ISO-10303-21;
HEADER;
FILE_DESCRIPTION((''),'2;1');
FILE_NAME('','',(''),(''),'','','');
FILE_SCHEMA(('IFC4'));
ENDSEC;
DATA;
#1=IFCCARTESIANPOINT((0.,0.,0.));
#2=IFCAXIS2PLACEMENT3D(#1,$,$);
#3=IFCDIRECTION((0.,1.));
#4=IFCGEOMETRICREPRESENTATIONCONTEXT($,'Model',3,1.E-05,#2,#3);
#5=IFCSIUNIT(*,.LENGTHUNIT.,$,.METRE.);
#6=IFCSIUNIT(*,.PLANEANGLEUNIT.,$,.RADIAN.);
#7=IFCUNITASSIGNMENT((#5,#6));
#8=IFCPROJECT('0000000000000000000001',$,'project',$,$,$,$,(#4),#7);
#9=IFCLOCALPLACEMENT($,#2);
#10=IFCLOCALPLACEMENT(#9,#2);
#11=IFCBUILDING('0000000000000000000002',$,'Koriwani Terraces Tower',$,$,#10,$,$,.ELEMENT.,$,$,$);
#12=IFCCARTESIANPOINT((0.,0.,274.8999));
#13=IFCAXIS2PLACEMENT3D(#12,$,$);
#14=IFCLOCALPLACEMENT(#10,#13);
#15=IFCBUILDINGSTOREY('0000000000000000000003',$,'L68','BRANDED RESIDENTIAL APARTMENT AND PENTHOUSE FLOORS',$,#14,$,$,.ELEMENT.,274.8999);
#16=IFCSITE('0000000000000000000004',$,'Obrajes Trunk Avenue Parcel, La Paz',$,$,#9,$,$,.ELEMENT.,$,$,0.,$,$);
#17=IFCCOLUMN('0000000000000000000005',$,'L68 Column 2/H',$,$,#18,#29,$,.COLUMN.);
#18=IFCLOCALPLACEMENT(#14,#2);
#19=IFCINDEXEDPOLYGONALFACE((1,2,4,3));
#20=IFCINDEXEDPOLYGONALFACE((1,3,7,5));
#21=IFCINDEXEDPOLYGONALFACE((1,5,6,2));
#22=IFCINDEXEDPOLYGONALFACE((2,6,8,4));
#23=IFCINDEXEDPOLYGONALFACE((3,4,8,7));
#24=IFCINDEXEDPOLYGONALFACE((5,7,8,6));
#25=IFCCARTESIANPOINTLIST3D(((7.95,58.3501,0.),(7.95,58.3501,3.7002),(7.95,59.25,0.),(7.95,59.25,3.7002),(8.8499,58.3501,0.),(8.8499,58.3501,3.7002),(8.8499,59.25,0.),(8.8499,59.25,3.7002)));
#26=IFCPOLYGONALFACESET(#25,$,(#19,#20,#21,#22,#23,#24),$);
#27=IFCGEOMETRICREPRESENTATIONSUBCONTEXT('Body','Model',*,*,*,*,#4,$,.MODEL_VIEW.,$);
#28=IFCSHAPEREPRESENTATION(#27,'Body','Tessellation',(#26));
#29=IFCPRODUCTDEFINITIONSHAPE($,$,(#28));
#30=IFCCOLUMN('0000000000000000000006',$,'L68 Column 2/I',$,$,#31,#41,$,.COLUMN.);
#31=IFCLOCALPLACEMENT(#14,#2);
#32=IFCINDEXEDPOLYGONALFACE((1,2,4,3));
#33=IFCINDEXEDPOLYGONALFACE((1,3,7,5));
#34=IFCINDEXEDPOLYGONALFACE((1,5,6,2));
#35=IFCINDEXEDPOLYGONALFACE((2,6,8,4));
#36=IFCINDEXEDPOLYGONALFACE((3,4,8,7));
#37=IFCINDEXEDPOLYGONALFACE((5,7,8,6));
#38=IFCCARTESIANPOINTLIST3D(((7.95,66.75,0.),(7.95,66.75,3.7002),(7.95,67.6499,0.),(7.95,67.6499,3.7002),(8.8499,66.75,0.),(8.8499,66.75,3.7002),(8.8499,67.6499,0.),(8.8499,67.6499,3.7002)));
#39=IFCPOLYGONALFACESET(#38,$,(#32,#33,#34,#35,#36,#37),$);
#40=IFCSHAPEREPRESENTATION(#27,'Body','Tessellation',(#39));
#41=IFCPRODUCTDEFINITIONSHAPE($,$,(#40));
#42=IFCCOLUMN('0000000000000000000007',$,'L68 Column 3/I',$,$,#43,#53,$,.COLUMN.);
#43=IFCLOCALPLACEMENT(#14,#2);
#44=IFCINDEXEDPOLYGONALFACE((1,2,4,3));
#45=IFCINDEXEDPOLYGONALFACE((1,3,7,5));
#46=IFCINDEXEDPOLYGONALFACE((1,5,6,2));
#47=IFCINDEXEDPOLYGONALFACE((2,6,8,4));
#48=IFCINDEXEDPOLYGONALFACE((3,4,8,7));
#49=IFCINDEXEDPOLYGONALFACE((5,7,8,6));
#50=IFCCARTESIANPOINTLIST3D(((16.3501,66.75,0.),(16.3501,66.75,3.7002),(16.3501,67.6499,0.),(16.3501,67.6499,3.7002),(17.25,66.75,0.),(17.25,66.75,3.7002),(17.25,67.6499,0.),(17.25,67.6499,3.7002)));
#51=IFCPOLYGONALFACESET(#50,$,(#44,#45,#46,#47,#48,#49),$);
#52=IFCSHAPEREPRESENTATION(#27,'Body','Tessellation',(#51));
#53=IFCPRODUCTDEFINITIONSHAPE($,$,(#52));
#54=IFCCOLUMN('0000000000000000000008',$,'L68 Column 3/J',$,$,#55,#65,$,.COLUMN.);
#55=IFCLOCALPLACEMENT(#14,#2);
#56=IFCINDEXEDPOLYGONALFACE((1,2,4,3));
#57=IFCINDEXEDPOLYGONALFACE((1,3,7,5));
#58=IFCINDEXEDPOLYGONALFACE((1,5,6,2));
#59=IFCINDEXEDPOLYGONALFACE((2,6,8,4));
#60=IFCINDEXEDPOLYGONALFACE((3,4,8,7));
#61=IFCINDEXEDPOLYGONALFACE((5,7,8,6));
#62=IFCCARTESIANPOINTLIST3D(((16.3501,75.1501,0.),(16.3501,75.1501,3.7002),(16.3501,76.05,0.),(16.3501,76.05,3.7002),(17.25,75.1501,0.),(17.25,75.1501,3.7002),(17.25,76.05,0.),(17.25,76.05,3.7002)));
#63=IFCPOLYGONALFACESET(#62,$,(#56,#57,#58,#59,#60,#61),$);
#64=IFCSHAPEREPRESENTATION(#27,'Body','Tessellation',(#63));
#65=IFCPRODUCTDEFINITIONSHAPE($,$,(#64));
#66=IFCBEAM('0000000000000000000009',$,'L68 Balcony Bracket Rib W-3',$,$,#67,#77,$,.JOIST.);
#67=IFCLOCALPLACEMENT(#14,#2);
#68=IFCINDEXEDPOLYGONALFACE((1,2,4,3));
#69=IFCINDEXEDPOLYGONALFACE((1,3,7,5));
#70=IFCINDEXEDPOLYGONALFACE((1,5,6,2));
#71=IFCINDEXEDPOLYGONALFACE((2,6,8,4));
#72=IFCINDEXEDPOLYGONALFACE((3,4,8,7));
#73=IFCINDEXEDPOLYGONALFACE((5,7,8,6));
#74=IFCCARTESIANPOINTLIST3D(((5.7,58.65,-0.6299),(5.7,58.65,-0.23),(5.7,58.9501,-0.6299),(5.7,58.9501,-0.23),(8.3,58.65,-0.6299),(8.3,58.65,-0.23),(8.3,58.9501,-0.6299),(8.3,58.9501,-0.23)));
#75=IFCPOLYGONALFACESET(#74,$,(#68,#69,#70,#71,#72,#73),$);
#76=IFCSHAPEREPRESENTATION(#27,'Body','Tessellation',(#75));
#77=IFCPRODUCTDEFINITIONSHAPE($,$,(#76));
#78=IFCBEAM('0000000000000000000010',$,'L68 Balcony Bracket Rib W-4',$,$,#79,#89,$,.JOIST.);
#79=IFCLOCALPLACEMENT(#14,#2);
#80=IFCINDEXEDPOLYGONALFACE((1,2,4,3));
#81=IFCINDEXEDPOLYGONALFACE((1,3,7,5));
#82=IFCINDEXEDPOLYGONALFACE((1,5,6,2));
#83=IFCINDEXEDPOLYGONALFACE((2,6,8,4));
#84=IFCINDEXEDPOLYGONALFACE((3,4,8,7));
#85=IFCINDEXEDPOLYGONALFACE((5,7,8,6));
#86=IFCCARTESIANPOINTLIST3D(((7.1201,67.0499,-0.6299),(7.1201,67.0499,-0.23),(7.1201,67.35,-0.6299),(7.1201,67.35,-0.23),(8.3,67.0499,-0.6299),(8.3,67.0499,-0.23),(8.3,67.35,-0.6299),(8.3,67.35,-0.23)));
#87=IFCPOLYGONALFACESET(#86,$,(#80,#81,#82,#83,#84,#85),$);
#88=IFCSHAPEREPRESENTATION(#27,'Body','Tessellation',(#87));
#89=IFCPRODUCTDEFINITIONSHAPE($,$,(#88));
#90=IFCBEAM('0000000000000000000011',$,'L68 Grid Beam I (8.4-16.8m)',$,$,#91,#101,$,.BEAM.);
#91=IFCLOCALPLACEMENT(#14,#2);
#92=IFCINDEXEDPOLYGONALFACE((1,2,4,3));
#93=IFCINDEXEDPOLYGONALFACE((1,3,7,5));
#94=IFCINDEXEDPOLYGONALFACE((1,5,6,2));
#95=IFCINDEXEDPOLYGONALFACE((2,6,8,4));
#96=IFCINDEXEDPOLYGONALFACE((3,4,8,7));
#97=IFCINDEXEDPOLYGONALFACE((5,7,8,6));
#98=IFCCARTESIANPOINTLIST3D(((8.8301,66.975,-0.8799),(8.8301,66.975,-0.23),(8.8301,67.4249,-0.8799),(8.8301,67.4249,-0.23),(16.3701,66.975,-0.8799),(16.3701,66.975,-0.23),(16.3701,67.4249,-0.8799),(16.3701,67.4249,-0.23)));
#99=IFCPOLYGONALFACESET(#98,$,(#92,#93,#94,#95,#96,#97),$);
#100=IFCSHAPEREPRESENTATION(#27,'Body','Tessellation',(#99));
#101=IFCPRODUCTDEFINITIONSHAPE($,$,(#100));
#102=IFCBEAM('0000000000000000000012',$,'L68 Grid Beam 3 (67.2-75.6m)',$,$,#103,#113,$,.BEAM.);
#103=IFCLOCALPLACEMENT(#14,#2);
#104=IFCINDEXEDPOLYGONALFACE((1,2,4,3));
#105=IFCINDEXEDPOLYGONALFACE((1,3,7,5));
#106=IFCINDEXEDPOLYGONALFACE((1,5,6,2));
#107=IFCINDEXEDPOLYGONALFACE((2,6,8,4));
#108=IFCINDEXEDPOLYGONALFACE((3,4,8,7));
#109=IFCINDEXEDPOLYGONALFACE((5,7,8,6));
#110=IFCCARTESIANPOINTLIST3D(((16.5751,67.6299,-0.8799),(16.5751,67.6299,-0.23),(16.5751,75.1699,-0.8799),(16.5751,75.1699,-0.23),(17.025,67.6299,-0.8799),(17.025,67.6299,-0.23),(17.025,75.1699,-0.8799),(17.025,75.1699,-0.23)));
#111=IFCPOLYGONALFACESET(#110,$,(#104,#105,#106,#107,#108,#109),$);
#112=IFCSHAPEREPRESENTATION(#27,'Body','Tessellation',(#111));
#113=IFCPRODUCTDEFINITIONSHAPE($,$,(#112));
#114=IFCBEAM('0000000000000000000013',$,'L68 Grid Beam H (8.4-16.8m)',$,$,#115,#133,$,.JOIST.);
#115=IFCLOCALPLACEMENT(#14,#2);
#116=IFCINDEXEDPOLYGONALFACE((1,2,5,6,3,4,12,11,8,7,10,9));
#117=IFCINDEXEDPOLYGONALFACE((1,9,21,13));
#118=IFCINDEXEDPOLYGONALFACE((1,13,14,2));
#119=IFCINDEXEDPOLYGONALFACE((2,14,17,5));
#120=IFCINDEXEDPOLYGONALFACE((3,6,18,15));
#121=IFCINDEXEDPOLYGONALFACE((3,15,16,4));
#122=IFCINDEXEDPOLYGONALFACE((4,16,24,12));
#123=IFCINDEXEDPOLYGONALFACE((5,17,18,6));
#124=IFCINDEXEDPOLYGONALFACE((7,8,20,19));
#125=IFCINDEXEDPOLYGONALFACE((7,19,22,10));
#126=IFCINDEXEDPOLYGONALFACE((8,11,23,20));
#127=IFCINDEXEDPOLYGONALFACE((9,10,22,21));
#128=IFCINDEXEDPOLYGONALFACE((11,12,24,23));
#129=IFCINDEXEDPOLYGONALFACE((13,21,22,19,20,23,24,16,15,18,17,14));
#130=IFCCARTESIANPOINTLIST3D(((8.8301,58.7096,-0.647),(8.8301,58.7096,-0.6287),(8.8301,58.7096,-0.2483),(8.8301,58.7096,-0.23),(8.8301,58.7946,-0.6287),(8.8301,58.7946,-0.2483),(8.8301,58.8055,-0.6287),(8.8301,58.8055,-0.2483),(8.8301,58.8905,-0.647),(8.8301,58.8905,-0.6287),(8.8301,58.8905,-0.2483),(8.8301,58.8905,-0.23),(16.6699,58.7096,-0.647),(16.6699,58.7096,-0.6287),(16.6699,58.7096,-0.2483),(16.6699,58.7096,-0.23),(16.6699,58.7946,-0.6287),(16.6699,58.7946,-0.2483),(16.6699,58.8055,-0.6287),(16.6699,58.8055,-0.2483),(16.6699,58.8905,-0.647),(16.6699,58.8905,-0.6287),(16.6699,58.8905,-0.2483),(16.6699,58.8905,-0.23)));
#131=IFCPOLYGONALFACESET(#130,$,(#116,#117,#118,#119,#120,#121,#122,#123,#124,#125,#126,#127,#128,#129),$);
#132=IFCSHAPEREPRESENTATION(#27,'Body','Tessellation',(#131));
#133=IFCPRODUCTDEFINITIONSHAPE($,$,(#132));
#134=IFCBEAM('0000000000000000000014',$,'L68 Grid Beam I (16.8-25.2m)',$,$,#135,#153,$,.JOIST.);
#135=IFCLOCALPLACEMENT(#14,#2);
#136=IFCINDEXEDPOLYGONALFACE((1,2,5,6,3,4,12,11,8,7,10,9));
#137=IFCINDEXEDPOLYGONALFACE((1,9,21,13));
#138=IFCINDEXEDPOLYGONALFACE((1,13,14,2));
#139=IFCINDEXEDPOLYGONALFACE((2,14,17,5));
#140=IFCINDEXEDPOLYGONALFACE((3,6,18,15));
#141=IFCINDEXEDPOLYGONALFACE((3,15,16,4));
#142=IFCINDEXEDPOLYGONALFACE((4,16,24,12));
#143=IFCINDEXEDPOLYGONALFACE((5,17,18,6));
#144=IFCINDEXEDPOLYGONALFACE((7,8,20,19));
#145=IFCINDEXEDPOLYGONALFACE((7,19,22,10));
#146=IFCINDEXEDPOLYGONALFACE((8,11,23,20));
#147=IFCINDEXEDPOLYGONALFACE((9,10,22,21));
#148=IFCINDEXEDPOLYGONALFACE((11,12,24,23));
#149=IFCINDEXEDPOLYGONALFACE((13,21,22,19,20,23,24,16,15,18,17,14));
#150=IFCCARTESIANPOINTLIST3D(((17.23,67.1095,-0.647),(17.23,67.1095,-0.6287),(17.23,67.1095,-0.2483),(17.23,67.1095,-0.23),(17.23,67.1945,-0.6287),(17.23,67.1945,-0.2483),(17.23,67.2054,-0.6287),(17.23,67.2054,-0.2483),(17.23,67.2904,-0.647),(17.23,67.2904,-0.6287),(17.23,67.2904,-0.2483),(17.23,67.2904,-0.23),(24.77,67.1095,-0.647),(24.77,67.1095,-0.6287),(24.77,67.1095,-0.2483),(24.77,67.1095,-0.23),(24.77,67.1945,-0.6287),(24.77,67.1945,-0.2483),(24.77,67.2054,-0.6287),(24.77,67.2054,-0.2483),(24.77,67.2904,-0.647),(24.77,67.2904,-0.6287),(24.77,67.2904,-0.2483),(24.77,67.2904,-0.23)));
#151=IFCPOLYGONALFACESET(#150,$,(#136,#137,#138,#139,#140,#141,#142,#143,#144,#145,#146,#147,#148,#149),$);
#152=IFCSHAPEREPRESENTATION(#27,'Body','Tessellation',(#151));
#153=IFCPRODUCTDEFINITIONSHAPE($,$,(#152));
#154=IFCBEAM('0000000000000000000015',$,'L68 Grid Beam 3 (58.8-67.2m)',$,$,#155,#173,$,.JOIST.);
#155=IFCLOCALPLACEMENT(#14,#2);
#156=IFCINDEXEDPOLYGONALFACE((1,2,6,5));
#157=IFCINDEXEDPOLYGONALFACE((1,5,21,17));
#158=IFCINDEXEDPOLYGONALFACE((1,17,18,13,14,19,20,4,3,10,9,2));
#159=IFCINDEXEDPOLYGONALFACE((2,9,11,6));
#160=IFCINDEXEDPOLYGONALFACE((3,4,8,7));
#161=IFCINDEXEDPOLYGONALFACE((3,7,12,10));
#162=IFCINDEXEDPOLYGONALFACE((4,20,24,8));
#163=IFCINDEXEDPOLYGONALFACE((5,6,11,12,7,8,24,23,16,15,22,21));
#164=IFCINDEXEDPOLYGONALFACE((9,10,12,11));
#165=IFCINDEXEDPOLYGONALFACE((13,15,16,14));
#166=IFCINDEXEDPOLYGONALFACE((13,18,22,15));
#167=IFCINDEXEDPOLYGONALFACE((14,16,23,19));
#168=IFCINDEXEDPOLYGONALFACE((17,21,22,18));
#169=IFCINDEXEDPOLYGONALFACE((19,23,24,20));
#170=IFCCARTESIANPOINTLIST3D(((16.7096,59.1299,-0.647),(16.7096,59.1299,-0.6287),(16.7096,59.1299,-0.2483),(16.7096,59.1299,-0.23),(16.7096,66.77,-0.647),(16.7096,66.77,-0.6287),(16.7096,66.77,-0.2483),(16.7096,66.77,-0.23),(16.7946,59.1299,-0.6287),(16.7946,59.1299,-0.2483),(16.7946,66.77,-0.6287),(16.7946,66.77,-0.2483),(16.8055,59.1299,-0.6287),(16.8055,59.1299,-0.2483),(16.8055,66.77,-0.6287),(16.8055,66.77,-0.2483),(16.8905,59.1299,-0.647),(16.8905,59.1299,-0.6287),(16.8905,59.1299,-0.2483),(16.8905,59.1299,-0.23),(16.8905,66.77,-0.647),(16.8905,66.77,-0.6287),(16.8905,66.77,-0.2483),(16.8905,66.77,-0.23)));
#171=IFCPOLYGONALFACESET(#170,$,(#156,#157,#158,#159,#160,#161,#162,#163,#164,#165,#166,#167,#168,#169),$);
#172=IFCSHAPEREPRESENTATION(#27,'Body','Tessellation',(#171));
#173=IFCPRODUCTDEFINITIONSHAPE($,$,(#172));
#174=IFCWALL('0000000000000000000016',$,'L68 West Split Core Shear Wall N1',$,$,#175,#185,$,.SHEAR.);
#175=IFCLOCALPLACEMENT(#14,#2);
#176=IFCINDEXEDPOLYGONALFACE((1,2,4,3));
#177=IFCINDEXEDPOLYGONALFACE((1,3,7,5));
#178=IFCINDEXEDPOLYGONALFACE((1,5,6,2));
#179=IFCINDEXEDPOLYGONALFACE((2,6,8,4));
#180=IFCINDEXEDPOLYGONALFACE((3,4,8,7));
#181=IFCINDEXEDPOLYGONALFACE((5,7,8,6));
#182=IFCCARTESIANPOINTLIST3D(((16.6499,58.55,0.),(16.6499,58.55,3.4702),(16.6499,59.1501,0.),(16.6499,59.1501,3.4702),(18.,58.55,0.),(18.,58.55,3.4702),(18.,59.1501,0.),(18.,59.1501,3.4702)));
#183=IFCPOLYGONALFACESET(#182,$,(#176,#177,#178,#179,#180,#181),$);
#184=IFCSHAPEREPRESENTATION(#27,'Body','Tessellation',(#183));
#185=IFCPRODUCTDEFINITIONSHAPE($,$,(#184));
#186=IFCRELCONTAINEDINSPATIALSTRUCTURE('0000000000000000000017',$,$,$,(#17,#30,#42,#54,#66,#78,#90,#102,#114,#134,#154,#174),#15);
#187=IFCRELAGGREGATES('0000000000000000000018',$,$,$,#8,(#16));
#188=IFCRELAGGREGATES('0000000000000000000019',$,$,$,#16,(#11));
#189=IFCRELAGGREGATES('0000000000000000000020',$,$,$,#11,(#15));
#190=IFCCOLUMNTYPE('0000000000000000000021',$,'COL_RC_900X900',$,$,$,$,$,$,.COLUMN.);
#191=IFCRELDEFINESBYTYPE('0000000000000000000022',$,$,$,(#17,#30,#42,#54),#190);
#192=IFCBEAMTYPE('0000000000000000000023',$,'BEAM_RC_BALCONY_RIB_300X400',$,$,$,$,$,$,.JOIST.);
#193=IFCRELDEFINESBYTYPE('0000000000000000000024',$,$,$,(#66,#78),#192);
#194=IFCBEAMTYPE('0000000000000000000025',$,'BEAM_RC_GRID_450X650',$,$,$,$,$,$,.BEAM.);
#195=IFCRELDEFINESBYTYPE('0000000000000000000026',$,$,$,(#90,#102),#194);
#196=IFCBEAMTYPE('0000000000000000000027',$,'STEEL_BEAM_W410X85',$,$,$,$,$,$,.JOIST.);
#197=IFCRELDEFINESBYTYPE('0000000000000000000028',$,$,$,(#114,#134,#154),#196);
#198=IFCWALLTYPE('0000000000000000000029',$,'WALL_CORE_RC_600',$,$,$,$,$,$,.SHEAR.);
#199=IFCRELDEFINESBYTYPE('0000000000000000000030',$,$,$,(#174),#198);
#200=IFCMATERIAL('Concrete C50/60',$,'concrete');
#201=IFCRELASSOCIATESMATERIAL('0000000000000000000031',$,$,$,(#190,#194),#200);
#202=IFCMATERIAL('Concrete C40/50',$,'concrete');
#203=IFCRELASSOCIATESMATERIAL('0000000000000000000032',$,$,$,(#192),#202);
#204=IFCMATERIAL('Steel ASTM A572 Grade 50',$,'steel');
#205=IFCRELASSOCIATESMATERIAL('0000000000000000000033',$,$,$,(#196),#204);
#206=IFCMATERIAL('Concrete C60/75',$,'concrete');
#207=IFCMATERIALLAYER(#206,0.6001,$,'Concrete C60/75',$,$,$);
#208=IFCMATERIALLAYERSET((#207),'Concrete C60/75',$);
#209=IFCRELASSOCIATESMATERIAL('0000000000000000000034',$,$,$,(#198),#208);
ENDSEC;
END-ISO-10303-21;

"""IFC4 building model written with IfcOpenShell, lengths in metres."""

from ifc_helpers import new_model, si_unit, direction, frame, frame_2d, origin, origin_2d, place, context, subcontext, project, spatial, rectangle, i_section, extrude, material, layer, layer_set, material_profile, profile_set, type_object, element, save


model = new_model("IFC4")

# Units and contexts
model_context = context("Model", 3, precision=1e-05, world=origin(), true_north=direction((0.0, 1.0)))
body_context = subcontext(model_context, "Body", "Model", "MODEL_VIEW")
ifc_project = project(units=[si_unit("LENGTHUNIT", "METRE"), si_unit("PLANEANGLEUNIT", "RADIAN")], contexts=[model_context])

# Site, building, storey
site_placement = place(None, origin())
site = spatial("IfcSite", under=ifc_project, at=site_placement, Name="Obrajes Trunk Avenue Parcel, La Paz", CompositionType="ELEMENT", RefElevation=0.0)
building_placement = place(site_placement, origin())
building = spatial("IfcBuilding", under=site, at=building_placement, Name="Koriwani Terraces Tower", CompositionType="ELEMENT")
storey_placement = place(building_placement, frame((0.0, 0.0, 274.8999)))
storey = spatial("IfcBuildingStorey", under=building, at=storey_placement, Name="L68", Description="BRANDED RESIDENTIAL APARTMENT AND PENTHOUSE FLOORS", CompositionType="ELEMENT", Elevation=274.8999)

# Columns
ifc_material_1 = material(Name="Concrete C50/60", Category="concrete")
ifc_material_profile_1 = material_profile(ifc_material_1, rectangle(XDim=0.8999, YDim=0.8999, at=origin_2d()), Name="Concrete C50/60", Category="LoadBearing")
ifc_profile_set_1 = profile_set([ifc_material_profile_1], Name="Concrete C50/60")
column_type = type_object("IfcColumnType", Name="COL_RC_900X900", PredefinedType="COLUMN", material=ifc_profile_set_1)
for number, where, z_axis, x_axis, name in (
    (1, (8.3999, 58.8, 0.0), (0.0, 0.0, 1.0), (1.0, 0.0, 0.0), "L68 Column 2/H"),
    (2, (8.3999, 67.2, 0.0), (0.0, 0.0, 1.0), (1.0, 0.0, 0.0), "L68 Column 2/I"),
    (3, (16.8, 67.2, 0.0), (0.0, 0.0, 1.0), (1.0, 0.0, 0.0), "L68 Column 3/I"),
    (4, (16.8, 75.6001, 0.0), (0.0, 0.0, 1.0), (1.0, 0.0, 0.0), "L68 Column 3/J"),
):
    element("IfcColumn", number, at=place(storey_placement, frame(where, z_axis=z_axis, x_axis=x_axis)), inside=storey, type_object=column_type, Name=name, PredefinedType="COLUMN", context=body_context, shape_type="SweptSolid", body=[
        extrude(rectangle(XDim=0.8999, YDim=0.8999, at=origin_2d()), origin(), (0.0, 0.0, 1.0), 3.7002),
    ])

# Beams
ifc_material_2 = material(Name="Concrete C40/50", Category="concrete")
ifc_material_profile_2 = material_profile(ifc_material_2, rectangle(XDim=0.3, YDim=0.3999, at=origin_2d()), Name="Concrete C40/50", Category="LoadBearing")
ifc_profile_set_2 = profile_set([ifc_material_profile_2], Name="Concrete C40/50")
beam_type_1 = type_object("IfcBeamType", Name="BEAM_RC_BALCONY_RIB_300X400", PredefinedType="JOIST", material=ifc_profile_set_2)
beam_1_placement = place(storey_placement, frame((5.7, 58.8, -0.4299), z_axis=(1.0, 0.0, 0.0), x_axis=(0.0, 1.0, 0.0)))
element("IfcBeam", 5, at=beam_1_placement, inside=storey, type_object=beam_type_1, Name="L68 Balcony Bracket Rib W-3", PredefinedType="JOIST", context=body_context, shape_type="SweptSolid", body=[
    extrude(rectangle(XDim=0.3, YDim=0.3999, at=origin_2d()), origin(), (0.0, 0.0, 1.0), 2.6001),
])
beam_2_placement = place(storey_placement, frame((7.1201, 67.2, -0.4299), z_axis=(1.0, 0.0, 0.0), x_axis=(0.0, 1.0, 0.0)))
element("IfcBeam", 6, at=beam_2_placement, inside=storey, type_object=beam_type_1, Name="L68 Balcony Bracket Rib W-4", PredefinedType="JOIST", context=body_context, shape_type="SweptSolid", body=[
    extrude(rectangle(XDim=0.3, YDim=0.3999, at=origin_2d()), origin(), (0.0, 0.0, 1.0), 1.1799),
])
ifc_material_profile_3 = material_profile(ifc_material_1, rectangle(XDim=0.45, YDim=0.6499, at=origin_2d()), Name="Concrete C50/60", Category="LoadBearing")
ifc_profile_set_3 = profile_set([ifc_material_profile_3], Name="Concrete C50/60")
beam_type_2 = type_object("IfcBeamType", Name="BEAM_RC_GRID_450X650", PredefinedType="BEAM", material=ifc_profile_set_3)
for number, where, z_axis, x_axis, name in (
    (7, (8.8301, 67.2, -0.5549), (1.0, 0.0, 0.0), (0.0, 1.0, 0.0), "L68 Grid Beam I (8.4-16.8m)"),
    (8, (16.8, 67.6299, -0.5549), (0.0, 1.0, 0.0), (-1.0, 0.0, 0.0), "L68 Grid Beam 3 (67.2-75.6m)"),
):
    element("IfcBeam", number, at=place(storey_placement, frame(where, z_axis=z_axis, x_axis=x_axis)), inside=storey, type_object=beam_type_2, Name=name, PredefinedType="BEAM", context=body_context, shape_type="SweptSolid", body=[
        extrude(rectangle(XDim=0.45, YDim=0.6499, at=origin_2d()), origin(), (0.0, 0.0, 1.0), 7.54),
    ])
ifc_material_3 = material(Name="Steel ASTM A572 Grade 50", Category="steel")
ifc_material_profile_4 = material_profile(ifc_material_3, i_section(OverallWidth=0.1809, OverallDepth=0.417, WebThickness=0.011, FlangeThickness=0.0183, at=origin_2d()), Name="Steel ASTM A572 Grade 50", Category="LoadBearing")
ifc_profile_set_4 = profile_set([ifc_material_profile_4], Name="Steel ASTM A572 Grade 50")
beam_type_3 = type_object("IfcBeamType", Name="STEEL_BEAM_W410X85", PredefinedType="JOIST", material=ifc_profile_set_4)
beam_3_placement = place(storey_placement, frame((8.8301, 58.8, -0.4385), z_axis=(1.0, 0.0, 0.0), x_axis=(0.0, 1.0, 0.0)))
element("IfcBeam", 9, at=beam_3_placement, inside=storey, type_object=beam_type_3, Name="L68 Grid Beam H (8.4-16.8m)", PredefinedType="JOIST", context=body_context, shape_type="SweptSolid", body=[
    extrude(i_section(OverallWidth=0.1809, OverallDepth=0.417, WebThickness=0.011, FlangeThickness=0.0183, at=origin_2d()), origin(), (0.0, 0.0, 1.0), 7.8398),
])
beam_4_placement = place(storey_placement, frame((17.23, 67.2, -0.4385), z_axis=(1.0, 0.0, 0.0), x_axis=(0.0, 1.0, 0.0)))
element("IfcBeam", 10, at=beam_4_placement, inside=storey, type_object=beam_type_3, Name="L68 Grid Beam I (16.8-25.2m)", PredefinedType="JOIST", context=body_context, shape_type="SweptSolid", body=[
    extrude(i_section(OverallWidth=0.1809, OverallDepth=0.417, WebThickness=0.011, FlangeThickness=0.0183, at=origin_2d()), origin(), (0.0, 0.0, 1.0), 7.54),
])
beam_5_placement = place(storey_placement, frame((16.8, 59.1299, -0.4385), z_axis=(0.0, 1.0, 0.0), x_axis=(-1.0, 0.0, 0.0)))
element("IfcBeam", 11, at=beam_5_placement, inside=storey, type_object=beam_type_3, Name="L68 Grid Beam 3 (58.8-67.2m)", PredefinedType="JOIST", context=body_context, shape_type="SweptSolid", body=[
    extrude(i_section(OverallWidth=0.1809, OverallDepth=0.417, WebThickness=0.011, FlangeThickness=0.0183, at=origin_2d()), origin(), (0.0, 0.0, 1.0), 7.6401),
])

# Wall
ifc_material_4 = material(Name="Concrete C60/75", Category="concrete")
ifc_layer_1 = layer(ifc_material_4, 0.6001, Name="Concrete C60/75")
ifc_layer_set_1 = layer_set([ifc_layer_1], Name="Concrete C60/75")
wall_type_1 = type_object("IfcWallType", Name="WALL_CORE_RC_600", PredefinedType="SHEAR", material=ifc_layer_set_1)
wall_1_placement = place(storey_placement, frame((16.6499, 58.8501, 0.0), z_axis=(0.0, 0.0, 1.0), x_axis=(1.0, 0.0, 0.0)))
element("IfcWall", 12, at=wall_1_placement, inside=storey, type_object=wall_type_1, Name="L68 West Split Core Shear Wall N1", PredefinedType="SHEAR", context=body_context, shape_type="SweptSolid", body=[
    extrude(rectangle(XDim=1.3501, YDim=0.6001, at=frame_2d((0.675, 0.0))), origin(), (0.0, 0.0, 1.0), 3.4702),
])

save(model, "model.ifc")
